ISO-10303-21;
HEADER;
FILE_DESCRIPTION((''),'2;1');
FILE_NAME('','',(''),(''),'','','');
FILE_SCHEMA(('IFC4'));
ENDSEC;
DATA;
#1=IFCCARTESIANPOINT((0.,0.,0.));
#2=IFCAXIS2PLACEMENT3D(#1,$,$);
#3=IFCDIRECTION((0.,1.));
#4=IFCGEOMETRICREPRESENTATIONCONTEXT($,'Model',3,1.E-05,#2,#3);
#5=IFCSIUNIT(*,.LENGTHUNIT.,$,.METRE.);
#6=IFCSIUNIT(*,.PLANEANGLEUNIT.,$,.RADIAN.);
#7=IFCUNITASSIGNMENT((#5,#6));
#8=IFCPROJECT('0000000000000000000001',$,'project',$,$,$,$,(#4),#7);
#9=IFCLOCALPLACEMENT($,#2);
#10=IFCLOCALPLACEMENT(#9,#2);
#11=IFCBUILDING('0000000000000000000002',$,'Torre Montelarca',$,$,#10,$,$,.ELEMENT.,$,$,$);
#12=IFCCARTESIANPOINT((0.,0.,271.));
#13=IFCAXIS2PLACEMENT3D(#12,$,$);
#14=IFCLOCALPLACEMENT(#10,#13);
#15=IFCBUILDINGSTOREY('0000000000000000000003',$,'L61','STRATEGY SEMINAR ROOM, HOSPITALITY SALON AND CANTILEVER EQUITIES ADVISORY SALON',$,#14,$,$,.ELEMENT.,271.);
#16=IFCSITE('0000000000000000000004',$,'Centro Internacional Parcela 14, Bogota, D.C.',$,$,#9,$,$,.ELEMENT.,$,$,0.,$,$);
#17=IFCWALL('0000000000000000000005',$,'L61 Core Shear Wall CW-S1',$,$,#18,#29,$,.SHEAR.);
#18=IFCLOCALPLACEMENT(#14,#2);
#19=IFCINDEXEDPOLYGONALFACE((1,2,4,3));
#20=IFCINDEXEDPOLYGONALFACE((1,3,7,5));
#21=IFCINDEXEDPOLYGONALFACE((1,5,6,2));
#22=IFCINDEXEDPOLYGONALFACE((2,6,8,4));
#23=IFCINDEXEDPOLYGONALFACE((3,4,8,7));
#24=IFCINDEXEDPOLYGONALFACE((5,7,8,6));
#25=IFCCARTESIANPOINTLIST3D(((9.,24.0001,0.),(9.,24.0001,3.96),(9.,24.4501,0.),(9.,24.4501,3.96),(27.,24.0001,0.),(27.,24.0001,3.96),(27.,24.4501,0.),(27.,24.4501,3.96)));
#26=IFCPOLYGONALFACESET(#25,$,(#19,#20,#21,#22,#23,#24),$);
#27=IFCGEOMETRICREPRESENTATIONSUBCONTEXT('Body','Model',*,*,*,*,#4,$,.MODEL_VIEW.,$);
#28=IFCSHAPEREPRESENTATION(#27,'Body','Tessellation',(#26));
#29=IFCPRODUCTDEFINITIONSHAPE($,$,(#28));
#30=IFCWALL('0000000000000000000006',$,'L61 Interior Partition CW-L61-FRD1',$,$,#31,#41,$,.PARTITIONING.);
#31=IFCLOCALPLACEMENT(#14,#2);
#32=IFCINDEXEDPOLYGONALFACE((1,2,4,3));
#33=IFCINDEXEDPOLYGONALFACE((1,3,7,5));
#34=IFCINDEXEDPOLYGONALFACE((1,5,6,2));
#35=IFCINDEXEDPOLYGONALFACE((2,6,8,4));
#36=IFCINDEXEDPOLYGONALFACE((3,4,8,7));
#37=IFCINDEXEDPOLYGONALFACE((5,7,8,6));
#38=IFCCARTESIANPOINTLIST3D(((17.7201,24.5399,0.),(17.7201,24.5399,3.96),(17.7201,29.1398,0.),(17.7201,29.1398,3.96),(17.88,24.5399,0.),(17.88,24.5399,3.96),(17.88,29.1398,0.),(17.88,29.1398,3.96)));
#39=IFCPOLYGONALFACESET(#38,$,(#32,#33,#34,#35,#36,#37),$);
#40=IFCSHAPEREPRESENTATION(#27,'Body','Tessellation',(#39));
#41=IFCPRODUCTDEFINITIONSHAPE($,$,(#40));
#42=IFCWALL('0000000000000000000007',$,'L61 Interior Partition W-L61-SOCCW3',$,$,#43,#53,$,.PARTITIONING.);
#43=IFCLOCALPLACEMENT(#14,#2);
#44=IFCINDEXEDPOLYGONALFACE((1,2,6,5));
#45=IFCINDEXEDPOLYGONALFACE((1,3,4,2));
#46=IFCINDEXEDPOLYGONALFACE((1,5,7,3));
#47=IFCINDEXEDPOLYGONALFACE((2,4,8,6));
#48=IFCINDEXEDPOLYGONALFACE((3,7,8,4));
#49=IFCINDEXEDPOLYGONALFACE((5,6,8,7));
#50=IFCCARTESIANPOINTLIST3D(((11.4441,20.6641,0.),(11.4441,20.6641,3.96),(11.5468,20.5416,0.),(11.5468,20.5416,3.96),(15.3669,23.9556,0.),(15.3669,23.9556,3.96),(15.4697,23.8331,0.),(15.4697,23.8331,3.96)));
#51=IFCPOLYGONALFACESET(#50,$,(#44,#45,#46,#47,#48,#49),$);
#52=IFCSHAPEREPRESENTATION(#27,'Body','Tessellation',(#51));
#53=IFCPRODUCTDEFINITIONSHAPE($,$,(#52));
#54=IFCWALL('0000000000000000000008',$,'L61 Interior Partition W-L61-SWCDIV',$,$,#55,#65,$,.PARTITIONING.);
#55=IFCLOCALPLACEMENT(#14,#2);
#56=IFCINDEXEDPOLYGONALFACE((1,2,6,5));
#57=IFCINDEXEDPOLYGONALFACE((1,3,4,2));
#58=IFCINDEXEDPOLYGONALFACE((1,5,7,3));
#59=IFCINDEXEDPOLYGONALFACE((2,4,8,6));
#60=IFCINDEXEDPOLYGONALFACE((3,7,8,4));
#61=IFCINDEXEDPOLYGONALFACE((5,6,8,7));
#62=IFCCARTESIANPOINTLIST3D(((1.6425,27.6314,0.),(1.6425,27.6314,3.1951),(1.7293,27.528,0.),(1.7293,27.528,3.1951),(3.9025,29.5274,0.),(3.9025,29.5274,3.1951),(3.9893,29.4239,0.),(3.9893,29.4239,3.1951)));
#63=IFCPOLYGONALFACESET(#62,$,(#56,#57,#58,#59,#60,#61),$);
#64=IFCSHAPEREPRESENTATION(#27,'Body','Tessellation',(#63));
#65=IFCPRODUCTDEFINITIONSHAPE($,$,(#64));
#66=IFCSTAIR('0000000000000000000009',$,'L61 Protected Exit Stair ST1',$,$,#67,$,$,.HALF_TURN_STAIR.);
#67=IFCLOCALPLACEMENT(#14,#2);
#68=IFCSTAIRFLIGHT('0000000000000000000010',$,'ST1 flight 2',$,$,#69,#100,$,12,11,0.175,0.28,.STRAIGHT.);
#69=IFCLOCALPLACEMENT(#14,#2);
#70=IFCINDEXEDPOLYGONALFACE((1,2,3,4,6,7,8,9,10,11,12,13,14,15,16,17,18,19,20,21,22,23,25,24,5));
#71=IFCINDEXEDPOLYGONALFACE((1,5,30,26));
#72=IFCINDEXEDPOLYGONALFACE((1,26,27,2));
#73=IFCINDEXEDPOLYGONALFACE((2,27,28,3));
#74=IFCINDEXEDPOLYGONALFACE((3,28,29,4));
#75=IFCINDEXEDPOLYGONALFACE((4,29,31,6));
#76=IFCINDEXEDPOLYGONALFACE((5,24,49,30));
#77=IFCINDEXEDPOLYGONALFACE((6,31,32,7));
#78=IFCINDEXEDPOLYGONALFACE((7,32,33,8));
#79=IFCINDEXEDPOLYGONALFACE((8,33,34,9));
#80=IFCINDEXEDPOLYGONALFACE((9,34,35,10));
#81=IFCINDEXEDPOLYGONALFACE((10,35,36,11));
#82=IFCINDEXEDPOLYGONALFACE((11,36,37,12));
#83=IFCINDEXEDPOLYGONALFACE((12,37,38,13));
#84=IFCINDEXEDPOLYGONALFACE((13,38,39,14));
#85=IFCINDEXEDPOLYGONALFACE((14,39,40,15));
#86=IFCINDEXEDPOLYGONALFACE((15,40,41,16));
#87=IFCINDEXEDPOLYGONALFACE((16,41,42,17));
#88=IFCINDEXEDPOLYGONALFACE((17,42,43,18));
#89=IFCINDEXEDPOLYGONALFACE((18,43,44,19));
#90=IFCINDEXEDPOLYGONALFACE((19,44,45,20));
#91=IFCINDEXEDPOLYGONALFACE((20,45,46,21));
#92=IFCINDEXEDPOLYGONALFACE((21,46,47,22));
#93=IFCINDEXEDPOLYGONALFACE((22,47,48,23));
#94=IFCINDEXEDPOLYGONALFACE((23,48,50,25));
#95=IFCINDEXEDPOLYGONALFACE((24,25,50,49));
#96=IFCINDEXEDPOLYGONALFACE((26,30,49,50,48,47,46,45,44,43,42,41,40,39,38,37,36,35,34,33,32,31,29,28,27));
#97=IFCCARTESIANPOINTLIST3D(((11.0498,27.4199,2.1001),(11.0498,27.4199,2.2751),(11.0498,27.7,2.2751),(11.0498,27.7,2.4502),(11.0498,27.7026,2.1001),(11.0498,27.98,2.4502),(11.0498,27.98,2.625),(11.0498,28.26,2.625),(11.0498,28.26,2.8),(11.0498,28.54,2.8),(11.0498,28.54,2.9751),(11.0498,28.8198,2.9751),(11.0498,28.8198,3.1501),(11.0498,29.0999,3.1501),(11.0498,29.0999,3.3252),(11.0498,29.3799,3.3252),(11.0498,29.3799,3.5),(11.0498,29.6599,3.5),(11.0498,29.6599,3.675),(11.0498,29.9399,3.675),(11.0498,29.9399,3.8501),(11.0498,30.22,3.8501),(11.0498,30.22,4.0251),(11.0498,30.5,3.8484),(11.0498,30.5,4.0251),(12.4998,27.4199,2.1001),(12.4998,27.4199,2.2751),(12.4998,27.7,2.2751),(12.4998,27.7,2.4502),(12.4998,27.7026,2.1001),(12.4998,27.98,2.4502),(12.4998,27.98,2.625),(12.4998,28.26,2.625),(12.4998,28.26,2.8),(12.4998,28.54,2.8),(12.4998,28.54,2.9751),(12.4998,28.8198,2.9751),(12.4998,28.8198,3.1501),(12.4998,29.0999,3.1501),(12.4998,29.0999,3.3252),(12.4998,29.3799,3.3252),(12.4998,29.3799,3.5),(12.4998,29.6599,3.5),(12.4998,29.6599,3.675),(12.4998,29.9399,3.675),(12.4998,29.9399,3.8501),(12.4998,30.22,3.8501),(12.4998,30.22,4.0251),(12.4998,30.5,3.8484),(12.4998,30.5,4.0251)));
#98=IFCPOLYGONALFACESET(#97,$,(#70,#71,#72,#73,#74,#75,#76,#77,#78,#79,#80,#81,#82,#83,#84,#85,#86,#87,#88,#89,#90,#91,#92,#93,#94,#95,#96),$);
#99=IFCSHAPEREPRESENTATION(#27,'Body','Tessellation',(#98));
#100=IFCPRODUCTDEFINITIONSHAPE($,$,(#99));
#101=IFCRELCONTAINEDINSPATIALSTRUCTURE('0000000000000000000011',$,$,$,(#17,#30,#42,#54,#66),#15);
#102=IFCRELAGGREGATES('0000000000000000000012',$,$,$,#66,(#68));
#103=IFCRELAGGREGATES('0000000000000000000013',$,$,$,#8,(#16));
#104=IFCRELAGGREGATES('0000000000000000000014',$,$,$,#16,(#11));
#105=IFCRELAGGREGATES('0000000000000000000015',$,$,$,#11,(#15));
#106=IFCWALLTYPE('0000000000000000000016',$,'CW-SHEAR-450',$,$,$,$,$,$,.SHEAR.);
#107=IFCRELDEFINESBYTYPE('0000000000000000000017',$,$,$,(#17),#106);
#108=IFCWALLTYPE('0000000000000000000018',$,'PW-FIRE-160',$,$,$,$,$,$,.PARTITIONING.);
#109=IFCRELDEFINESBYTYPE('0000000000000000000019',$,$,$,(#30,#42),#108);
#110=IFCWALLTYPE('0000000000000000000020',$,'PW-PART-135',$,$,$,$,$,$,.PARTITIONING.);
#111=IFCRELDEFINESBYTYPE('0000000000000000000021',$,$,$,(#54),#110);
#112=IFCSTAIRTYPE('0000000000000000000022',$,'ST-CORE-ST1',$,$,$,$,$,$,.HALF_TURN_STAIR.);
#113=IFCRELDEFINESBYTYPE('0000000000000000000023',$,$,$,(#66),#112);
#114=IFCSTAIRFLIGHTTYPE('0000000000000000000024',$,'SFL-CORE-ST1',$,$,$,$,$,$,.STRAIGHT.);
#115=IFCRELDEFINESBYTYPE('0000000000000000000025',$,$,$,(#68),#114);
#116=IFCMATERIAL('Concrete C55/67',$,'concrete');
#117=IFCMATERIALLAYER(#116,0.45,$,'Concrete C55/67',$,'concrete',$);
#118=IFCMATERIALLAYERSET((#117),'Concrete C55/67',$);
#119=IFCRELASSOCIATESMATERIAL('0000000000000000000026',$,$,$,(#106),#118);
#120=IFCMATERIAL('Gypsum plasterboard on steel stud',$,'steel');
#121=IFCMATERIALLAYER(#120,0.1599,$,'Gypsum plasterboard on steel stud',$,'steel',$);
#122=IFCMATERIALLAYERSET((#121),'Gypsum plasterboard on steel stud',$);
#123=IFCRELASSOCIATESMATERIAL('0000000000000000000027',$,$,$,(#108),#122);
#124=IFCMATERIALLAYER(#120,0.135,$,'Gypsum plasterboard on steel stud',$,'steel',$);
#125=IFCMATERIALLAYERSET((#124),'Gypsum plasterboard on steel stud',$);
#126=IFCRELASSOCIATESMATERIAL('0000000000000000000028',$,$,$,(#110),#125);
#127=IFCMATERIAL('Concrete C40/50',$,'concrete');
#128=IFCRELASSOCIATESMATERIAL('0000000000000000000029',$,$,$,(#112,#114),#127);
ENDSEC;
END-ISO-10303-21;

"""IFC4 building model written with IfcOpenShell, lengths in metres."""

from ifc_helpers import new_model, si_unit, direction, frame, frame_2d, origin, place, context, subcontext, project, spatial, polyline, rectangle, outline, extrude, material, layer, layer_set, type_object, element, aggregate, save


model = new_model("IFC4")

# Units and contexts
model_context = context("Model", 3, precision=1e-05, world=origin(), true_north=direction((0.0, 1.0)))
body_context = subcontext(model_context, "Body", "Model", "MODEL_VIEW")
ifc_project = project(units=[si_unit("LENGTHUNIT", "METRE"), si_unit("PLANEANGLEUNIT", "RADIAN")], contexts=[model_context])

# Site, building, storey
site_placement = place(None, origin())
site = spatial("IfcSite", under=ifc_project, at=site_placement, Name="Centro Internacional Parcela 14, Bogota, D.C.", CompositionType="ELEMENT", RefElevation=0.0)
building_placement = place(site_placement, origin())
building = spatial("IfcBuilding", under=site, at=building_placement, Name="Torre Montelarca", CompositionType="ELEMENT")
storey_placement = place(building_placement, frame((0.0, 0.0, 271.0)))
storey = spatial("IfcBuildingStorey", under=building, at=storey_placement, Name="L61", Description="STRATEGY SEMINAR ROOM, HOSPITALITY SALON AND CANTILEVER EQUITIES ADVISORY SALON", CompositionType="ELEMENT", Elevation=271.0)

# Shared definitions
ifc_material_1 = material(Name="Concrete C55/67", Category="concrete")

# Shared definitions
ifc_material_2 = material(Name="Concrete C40/50", Category="concrete")
ifc_layer_1 = layer(ifc_material_1, 0.45, Name="Concrete C55/67", Category="concrete")
ifc_layer_set_1 = layer_set([ifc_layer_1], Name="Concrete C55/67")
wall_type_1 = type_object("IfcWallType", Name="CW-SHEAR-450", PredefinedType="SHEAR", material=ifc_layer_set_1)

# Walls
wall_1_placement = place(storey_placement, frame((9.0, 24.2251, 0.0), z_axis=(0.0, 0.0, 1.0), x_axis=(1.0, 0.0, 0.0)))
element("IfcWall", 1, at=wall_1_placement, inside=storey, type_object=wall_type_1, Name="L61 Core Shear Wall CW-S1", PredefinedType="SHEAR", context=body_context, shape_type="SweptSolid", body=[
    extrude(rectangle(XDim=18.0, YDim=0.45, at=frame_2d((9.0, 0.0))), origin(), (0.0, 0.0, 1.0), 3.96),
])
ifc_material_3 = material(Name="Gypsum plasterboard on steel stud", Category="steel")
ifc_layer_2 = layer(ifc_material_3, 0.1599, Name="Gypsum plasterboard on steel stud", Category="steel")
ifc_layer_set_2 = layer_set([ifc_layer_2], Name="Gypsum plasterboard on steel stud")
wall_type_2 = type_object("IfcWallType", Name="PW-FIRE-160", PredefinedType="PARTITIONING", material=ifc_layer_set_2)
wall_2_placement = place(storey_placement, frame((17.8, 24.54, 0.0), z_axis=(0.0, 0.0, 1.0), x_axis=(0.0, 1.0, 0.0)))
element("IfcWall", 2, at=wall_2_placement, inside=storey, type_object=wall_type_2, Name="L61 Interior Partition CW-L61-FRD1", PredefinedType="PARTITIONING", context=body_context, shape_type="SweptSolid", body=[
    extrude(rectangle(XDim=4.5999, YDim=0.1599, at=frame_2d((2.2998, 0.0))), origin(), (0.0, 0.0, 1.0), 3.96),
])
wall_3_placement = place(storey_placement, frame((11.4954, 20.6028, 0.0), z_axis=(0.0, 0.0, 1.0), x_axis=(0.76606, 0.642769, 0.0)))
element("IfcWall", 3, at=wall_3_placement, inside=storey, type_object=wall_type_2, Name="L61 Interior Partition W-L61-SOCCW3", PredefinedType="PARTITIONING", context=body_context, shape_type="SweptSolid", body=[
    extrude(rectangle(XDim=5.1208, YDim=0.1599, at=frame_2d((2.5605, 0.0))), origin(), (0.0, 0.0, 1.0), 3.96),
])
ifc_layer_3 = layer(ifc_material_3, 0.135, Name="Gypsum plasterboard on steel stud", Category="steel")
ifc_layer_set_3 = layer_set([ifc_layer_3], Name="Gypsum plasterboard on steel stud")
wall_type_3 = type_object("IfcWallType", Name="PW-PART-135", PredefinedType="PARTITIONING", material=ifc_layer_set_3)
wall_4_placement = place(storey_placement, frame((1.6858, 27.5796, 0.0), z_axis=(0.0, 0.0, 1.0), x_axis=(0.766107, 0.642713, 0.0)))
element("IfcWall", 4, at=wall_4_placement, inside=storey, type_object=wall_type_3, Name="L61 Interior Partition W-L61-SWCDIV", PredefinedType="PARTITIONING", context=body_context, shape_type="SweptSolid", body=[
    extrude(rectangle(XDim=2.95, YDim=0.135, at=frame_2d((1.4751, 0.0))), origin(), (0.0, 0.0, 1.0), 3.1951),
])

# Stair, stair flight
stair_type = type_object("IfcStairType", Name="ST-CORE-ST1", PredefinedType="HALF_TURN_STAIR", material=ifc_material_2)
stair_placement = place(storey_placement, origin())
stair = element("IfcStair", 5, at=stair_placement, inside=storey, type_object=stair_type, Name="L61 Protected Exit Stair ST1", PredefinedType="HALF_TURN_STAIR")
stair_flight_type = type_object("IfcStairFlightType", Name="SFL-CORE-ST1", PredefinedType="STRAIGHT", material=ifc_material_2)
stair_flight_placement = place(storey_placement, frame((11.7749, 27.4199, 2.1001), z_axis=(0.0, 0.0, 1.0), x_axis=(0.0, 1.0, 0.0)))
stair_flight = element("IfcStairFlight", 6, at=stair_flight_placement, type_object=stair_flight_type, Name="ST1 flight 2", NumberOfRisers=12, NumberOfTreads=11, PredefinedType="STRAIGHT", RiserHeight=0.175, TreadLength=0.28, context=body_context, shape_type="SweptSolid", body=[
    extrude(outline(polyline([(0.0, 0.0), (0.0, 0.175), (0.28, 0.175), (0.28, 0.3501), (0.5601, 0.3501), (0.5601, 0.5249), (0.8401, 0.5249), (0.8401, 0.7), (1.1201, 0.7), (1.1201, 0.875), (1.3999, 0.875), (1.3999, 1.05), (1.6799, 1.05), (1.6799, 1.2251), (1.96, 1.2251), (1.96, 1.3999), (2.24, 1.3999), (2.24, 1.575), (2.52, 1.575), (2.52, 1.75), (2.8, 1.75), (2.8, 1.925), (3.0801, 1.925), (3.0801, 2.1001), (3.0801, 1.7483), (0.2827, 0.0), (0.0, 0.0)])), frame((0.0, 0.7251, 0.0), z_axis=(0.0, -1.0, 0.0), x_axis=(1.0, 0.0, 0.0)), (0.0, 0.0, 1.0), 1.45),
])
aggregate(stair, [stair_flight])

save(model, "model.ifc")
